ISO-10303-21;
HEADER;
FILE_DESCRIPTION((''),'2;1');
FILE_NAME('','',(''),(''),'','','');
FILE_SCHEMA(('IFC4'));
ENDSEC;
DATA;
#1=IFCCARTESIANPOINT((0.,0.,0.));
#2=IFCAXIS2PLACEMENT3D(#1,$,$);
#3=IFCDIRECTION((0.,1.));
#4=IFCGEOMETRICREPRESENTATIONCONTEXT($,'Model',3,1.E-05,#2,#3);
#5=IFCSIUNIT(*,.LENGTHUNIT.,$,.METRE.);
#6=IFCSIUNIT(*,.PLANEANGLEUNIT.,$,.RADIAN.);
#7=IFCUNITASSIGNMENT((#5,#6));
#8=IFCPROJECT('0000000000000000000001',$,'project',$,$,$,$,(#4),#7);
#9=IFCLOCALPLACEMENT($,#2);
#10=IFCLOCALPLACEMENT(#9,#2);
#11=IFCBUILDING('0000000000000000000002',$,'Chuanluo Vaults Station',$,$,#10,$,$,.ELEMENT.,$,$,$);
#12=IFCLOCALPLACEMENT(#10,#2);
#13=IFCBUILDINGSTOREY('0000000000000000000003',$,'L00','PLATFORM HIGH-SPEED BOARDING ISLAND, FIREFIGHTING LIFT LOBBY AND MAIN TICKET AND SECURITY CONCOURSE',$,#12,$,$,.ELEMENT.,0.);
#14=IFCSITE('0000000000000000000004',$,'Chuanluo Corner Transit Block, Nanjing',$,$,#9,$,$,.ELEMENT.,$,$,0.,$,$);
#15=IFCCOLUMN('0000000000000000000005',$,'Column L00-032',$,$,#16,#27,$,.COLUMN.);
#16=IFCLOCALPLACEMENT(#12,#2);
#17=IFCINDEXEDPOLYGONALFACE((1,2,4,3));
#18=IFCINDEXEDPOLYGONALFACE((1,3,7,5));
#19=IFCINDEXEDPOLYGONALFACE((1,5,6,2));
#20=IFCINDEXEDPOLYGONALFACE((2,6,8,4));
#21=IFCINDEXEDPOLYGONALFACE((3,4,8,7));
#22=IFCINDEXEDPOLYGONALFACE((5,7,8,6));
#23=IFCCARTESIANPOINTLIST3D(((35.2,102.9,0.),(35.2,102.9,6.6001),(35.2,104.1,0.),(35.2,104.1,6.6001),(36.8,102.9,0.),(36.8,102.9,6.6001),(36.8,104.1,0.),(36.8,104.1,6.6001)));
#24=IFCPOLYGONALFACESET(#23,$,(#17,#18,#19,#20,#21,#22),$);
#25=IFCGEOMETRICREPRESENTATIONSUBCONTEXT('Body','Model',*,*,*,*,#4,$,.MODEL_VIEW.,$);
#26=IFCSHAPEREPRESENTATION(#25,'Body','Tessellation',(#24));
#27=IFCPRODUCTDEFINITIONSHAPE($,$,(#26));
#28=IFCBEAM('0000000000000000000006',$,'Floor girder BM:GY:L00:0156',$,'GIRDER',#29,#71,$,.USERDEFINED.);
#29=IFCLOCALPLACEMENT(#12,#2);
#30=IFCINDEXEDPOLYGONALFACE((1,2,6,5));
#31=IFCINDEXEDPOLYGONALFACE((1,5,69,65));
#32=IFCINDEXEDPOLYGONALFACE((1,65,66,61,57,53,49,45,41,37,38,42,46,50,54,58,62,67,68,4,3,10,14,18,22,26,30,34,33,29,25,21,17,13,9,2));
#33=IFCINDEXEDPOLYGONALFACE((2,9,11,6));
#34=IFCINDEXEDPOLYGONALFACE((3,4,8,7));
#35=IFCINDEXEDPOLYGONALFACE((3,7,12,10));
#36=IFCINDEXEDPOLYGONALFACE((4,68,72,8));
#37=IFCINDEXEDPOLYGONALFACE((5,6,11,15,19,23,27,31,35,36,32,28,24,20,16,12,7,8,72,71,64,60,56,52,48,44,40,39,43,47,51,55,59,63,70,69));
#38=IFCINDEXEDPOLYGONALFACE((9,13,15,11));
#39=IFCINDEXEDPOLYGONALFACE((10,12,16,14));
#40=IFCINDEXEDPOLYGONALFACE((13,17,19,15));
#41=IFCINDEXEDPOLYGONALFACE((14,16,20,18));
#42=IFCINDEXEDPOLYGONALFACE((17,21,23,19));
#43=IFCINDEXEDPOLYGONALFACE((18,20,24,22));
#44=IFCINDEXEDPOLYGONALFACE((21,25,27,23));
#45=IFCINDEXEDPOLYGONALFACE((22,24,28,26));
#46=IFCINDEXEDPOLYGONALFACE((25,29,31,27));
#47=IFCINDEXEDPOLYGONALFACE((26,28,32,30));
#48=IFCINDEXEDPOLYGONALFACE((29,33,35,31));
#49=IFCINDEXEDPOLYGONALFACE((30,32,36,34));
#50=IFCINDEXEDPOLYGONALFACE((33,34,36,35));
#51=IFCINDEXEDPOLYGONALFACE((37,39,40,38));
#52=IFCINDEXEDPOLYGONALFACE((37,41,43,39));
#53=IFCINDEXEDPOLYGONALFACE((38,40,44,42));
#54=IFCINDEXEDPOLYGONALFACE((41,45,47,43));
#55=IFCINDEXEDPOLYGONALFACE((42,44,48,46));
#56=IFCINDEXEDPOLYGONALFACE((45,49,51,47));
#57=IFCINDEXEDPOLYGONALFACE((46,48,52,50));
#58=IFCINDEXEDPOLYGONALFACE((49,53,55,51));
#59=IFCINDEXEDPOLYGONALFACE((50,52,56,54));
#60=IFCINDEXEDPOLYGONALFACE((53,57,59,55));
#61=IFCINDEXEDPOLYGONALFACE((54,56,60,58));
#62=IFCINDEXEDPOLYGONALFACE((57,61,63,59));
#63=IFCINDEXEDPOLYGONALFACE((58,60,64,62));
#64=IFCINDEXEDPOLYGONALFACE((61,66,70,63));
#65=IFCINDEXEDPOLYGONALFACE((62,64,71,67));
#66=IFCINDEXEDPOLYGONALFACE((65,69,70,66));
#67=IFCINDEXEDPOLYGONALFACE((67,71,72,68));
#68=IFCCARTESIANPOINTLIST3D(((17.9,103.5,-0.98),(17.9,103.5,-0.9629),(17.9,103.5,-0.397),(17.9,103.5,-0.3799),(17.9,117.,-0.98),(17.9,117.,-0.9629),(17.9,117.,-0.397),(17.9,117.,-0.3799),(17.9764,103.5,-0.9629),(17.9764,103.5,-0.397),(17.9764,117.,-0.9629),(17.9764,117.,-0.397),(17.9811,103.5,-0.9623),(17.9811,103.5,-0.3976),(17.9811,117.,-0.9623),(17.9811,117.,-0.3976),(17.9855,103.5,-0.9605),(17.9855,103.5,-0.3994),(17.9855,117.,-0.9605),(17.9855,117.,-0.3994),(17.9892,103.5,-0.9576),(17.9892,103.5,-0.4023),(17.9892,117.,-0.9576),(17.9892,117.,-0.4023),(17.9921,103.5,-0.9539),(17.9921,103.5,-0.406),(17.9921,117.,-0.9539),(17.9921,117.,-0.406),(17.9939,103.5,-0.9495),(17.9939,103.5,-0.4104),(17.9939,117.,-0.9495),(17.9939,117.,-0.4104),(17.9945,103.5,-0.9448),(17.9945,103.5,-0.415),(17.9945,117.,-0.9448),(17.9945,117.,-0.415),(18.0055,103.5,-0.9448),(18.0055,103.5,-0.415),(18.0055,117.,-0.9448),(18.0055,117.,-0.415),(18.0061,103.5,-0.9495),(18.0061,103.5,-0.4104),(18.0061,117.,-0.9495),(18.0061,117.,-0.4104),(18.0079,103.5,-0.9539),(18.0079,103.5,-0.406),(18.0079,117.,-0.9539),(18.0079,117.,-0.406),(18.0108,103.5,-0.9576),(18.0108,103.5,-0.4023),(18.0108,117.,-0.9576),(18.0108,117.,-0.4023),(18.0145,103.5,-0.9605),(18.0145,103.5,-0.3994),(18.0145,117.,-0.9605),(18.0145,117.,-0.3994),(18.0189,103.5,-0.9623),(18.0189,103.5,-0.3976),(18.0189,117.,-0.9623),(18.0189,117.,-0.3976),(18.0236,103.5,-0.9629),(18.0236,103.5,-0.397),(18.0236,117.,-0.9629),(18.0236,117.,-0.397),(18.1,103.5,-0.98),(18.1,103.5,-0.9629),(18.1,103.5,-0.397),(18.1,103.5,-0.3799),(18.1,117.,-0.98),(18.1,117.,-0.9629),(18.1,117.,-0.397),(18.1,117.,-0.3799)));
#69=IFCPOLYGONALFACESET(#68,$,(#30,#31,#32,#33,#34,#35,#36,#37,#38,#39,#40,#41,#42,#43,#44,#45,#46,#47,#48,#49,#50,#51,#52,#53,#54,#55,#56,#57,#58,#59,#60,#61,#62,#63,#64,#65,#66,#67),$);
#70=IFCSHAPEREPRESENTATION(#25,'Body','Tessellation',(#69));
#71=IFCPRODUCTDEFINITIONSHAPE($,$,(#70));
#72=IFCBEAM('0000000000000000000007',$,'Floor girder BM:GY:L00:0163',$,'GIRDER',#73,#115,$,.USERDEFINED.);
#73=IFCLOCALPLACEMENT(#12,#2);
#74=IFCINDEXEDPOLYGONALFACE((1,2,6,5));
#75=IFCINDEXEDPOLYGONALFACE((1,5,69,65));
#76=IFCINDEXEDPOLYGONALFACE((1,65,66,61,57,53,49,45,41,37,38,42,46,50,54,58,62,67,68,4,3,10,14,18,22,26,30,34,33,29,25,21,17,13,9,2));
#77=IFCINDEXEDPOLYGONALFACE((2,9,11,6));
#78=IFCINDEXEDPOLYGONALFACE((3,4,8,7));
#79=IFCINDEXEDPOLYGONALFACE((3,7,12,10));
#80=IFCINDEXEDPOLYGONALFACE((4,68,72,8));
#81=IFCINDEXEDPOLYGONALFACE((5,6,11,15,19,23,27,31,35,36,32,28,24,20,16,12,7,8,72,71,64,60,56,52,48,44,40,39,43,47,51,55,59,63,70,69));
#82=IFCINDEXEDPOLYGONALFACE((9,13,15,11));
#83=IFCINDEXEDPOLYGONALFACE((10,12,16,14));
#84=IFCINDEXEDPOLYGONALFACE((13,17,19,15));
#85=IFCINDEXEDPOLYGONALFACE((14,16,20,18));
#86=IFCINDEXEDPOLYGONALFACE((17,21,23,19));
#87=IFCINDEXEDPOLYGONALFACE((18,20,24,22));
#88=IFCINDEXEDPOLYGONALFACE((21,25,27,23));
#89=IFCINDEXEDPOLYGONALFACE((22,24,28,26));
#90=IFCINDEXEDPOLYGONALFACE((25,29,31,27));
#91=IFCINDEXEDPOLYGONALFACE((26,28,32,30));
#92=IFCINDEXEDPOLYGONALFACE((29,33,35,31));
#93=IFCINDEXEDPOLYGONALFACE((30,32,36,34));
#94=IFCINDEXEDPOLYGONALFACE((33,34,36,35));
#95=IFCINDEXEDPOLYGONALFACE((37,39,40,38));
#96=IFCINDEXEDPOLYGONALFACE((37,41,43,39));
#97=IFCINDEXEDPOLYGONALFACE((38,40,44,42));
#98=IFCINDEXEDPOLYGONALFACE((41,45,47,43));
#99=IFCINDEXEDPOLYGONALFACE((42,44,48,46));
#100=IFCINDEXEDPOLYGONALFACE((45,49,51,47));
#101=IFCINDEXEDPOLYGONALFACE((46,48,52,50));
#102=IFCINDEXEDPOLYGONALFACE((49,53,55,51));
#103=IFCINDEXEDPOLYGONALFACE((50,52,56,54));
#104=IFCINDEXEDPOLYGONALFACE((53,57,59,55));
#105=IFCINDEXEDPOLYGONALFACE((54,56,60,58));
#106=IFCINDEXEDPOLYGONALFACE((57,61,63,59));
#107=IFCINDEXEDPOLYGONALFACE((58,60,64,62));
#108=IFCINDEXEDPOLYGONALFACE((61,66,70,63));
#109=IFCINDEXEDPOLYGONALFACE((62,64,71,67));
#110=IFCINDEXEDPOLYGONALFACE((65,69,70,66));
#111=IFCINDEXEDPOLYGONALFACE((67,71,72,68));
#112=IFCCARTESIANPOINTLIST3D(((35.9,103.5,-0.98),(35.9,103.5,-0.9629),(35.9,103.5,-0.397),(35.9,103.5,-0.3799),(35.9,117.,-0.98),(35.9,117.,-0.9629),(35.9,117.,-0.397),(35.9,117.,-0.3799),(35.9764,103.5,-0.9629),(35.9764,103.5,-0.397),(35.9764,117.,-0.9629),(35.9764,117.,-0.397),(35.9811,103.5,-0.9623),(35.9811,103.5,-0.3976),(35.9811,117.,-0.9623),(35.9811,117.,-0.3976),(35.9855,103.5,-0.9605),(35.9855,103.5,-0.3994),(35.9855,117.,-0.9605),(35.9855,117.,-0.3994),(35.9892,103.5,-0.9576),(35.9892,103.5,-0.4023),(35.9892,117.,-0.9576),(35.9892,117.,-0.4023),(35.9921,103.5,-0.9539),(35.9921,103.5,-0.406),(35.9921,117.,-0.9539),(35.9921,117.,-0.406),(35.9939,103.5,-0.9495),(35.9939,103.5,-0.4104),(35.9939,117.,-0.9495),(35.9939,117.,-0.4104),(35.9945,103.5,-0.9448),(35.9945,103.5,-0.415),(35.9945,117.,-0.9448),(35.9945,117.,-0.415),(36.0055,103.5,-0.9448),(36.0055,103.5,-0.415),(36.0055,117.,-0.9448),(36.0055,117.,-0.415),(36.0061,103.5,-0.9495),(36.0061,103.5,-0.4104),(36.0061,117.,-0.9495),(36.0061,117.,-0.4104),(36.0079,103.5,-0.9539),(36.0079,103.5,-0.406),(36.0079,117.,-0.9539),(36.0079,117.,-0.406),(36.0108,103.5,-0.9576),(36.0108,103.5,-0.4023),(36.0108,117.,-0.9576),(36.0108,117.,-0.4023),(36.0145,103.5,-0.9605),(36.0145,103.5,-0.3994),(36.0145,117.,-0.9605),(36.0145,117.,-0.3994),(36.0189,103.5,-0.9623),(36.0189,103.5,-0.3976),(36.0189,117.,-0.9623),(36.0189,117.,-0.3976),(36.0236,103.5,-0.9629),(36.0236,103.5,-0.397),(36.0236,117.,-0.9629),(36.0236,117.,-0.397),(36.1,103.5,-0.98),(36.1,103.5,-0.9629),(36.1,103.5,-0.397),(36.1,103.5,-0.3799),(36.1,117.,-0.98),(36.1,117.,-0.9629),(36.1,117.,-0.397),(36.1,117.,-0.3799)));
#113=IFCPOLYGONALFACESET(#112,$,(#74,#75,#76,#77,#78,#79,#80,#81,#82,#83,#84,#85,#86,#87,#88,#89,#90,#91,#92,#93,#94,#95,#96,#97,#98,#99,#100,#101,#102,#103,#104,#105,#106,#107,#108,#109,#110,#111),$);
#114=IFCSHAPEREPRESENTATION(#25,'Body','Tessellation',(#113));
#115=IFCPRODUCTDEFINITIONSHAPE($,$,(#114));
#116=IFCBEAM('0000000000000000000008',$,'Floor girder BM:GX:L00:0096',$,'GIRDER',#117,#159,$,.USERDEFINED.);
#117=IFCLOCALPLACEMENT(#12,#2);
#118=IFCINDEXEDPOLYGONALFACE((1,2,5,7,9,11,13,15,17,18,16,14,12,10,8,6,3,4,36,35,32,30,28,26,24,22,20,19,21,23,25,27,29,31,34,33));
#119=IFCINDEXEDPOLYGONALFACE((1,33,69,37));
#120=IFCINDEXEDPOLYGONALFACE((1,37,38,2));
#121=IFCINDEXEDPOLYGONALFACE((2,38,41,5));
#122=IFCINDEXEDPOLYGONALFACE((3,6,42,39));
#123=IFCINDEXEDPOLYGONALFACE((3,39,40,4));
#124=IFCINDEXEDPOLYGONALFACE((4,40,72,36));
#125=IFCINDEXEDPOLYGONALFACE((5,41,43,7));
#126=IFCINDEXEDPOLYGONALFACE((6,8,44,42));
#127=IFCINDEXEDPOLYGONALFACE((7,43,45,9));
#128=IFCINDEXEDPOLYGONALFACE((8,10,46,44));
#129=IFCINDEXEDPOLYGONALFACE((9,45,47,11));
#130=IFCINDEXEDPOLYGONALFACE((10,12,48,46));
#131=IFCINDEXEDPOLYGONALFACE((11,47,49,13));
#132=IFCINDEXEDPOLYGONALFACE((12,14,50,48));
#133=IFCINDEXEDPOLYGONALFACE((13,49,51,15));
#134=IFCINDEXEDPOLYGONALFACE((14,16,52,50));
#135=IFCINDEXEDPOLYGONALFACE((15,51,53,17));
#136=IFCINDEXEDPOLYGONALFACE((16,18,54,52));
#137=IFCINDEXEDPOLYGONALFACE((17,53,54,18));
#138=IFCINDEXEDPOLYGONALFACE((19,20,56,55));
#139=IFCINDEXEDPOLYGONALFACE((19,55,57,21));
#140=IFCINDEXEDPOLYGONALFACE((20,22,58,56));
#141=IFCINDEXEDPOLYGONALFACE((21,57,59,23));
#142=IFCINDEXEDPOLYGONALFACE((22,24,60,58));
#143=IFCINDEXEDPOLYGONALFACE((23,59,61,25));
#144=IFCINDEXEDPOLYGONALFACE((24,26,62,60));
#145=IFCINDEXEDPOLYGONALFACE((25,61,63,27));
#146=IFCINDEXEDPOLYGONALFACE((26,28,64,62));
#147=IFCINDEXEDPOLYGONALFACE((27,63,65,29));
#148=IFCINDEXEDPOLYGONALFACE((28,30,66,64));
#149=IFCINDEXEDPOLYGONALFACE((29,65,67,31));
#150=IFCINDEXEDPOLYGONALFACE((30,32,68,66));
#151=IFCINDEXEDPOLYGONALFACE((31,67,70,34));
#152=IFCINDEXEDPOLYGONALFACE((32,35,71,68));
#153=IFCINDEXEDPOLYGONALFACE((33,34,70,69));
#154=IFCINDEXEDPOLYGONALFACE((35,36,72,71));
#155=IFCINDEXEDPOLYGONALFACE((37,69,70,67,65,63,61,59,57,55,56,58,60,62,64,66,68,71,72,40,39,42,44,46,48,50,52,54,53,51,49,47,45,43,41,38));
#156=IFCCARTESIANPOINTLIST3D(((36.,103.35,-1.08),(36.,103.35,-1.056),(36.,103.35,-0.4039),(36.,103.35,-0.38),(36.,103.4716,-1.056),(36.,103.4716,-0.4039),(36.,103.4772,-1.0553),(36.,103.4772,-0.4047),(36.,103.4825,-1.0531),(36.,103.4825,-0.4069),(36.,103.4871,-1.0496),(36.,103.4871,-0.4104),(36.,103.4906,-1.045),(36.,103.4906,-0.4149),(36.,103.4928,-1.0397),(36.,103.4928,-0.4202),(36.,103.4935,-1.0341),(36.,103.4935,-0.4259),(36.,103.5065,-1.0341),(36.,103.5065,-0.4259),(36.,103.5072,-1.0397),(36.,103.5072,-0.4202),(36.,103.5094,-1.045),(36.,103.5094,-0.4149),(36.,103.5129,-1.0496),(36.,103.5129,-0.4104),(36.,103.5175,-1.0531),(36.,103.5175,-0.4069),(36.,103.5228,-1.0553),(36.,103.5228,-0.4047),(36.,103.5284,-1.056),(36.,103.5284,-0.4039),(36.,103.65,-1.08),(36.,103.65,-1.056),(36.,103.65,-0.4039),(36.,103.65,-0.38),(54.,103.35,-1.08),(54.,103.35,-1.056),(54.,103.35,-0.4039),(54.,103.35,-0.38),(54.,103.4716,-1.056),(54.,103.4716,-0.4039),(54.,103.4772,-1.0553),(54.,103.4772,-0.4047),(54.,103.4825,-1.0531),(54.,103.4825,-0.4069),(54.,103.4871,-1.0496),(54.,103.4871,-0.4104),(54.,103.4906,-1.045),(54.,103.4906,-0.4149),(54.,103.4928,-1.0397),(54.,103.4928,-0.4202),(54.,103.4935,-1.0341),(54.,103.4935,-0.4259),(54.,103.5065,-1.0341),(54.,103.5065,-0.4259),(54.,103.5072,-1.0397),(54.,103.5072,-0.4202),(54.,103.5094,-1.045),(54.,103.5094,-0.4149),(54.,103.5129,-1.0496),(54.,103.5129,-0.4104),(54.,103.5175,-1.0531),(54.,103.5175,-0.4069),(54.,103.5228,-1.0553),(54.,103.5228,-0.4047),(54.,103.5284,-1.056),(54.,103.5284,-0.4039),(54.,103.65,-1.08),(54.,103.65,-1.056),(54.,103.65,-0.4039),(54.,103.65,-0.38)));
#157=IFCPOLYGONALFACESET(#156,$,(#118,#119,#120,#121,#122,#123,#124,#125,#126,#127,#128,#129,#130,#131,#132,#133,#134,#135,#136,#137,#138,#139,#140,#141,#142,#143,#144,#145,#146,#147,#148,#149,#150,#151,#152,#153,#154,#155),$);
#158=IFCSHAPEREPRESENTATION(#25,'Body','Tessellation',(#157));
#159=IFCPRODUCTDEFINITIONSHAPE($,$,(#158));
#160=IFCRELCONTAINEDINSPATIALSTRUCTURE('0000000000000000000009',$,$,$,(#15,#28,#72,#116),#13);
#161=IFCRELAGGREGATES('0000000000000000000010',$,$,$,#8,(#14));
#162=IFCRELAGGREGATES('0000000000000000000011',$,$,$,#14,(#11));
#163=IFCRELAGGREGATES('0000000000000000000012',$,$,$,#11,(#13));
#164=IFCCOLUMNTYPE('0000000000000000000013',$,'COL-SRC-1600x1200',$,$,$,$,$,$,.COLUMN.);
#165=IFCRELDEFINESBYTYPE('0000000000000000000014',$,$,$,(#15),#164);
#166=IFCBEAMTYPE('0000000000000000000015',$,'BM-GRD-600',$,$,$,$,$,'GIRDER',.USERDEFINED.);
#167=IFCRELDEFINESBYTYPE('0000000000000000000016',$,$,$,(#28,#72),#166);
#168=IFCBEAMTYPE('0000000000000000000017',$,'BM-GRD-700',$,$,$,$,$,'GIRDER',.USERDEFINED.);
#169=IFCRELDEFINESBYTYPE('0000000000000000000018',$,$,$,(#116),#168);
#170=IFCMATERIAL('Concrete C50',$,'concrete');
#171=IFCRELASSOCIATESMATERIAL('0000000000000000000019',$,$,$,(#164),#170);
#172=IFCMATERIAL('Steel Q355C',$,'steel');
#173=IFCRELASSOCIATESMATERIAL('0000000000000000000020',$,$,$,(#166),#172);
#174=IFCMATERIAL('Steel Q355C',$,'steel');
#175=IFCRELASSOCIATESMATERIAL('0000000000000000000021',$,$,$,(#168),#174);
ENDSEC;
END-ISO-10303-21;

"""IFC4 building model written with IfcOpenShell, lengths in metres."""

from ifc_helpers import new_model, si_unit, direction, frame, origin, origin_2d, place, context, subcontext, project, spatial, rectangle, i_section, extrude, material, material_profile, profile_set, type_object, element, save


model = new_model("IFC4")

# Units and contexts
model_context = context("Model", 3, precision=1e-05, world=origin(), true_north=direction((0.0, 1.0)))
body_context = subcontext(model_context, "Body", "Model", "MODEL_VIEW")
ifc_project = project(units=[si_unit("LENGTHUNIT", "METRE"), si_unit("PLANEANGLEUNIT", "RADIAN")], contexts=[model_context])

# Site, building, storey
site_placement = place(None, origin())
site = spatial("IfcSite", under=ifc_project, at=site_placement, Name="Chuanluo Corner Transit Block, Nanjing", CompositionType="ELEMENT", RefElevation=0.0)
building_placement = place(site_placement, origin())
building = spatial("IfcBuilding", under=site, at=building_placement, Name="Chuanluo Vaults Station", CompositionType="ELEMENT")
storey_placement = place(building_placement, origin())
storey = spatial("IfcBuildingStorey", under=building, at=storey_placement, Name="L00", Description="PLATFORM HIGH-SPEED BOARDING ISLAND, FIREFIGHTING LIFT LOBBY AND MAIN TICKET AND SECURITY CONCOURSE", CompositionType="ELEMENT", Elevation=0.0)

# Column
ifc_material_1 = material(Name="Concrete C50", Category="concrete")
ifc_material_profile_1 = material_profile(ifc_material_1, rectangle(XDim=1.6001, YDim=1.2, at=origin_2d()))
ifc_profile_set_1 = profile_set([ifc_material_profile_1], Name="Concrete C50")
column_type = type_object("IfcColumnType", Name="COL-SRC-1600x1200", PredefinedType="COLUMN", material=ifc_profile_set_1)
column_placement = place(storey_placement, frame((36.0, 103.5, 0.0), z_axis=(0.0, 0.0, 1.0), x_axis=(1.0, 0.0, 0.0)))
element("IfcColumn", 1, at=column_placement, inside=storey, type_object=column_type, Name="Column L00-032", PredefinedType="COLUMN", context=body_context, shape_type="SweptSolid", body=[
    extrude(rectangle(XDim=1.6001, YDim=1.2, at=origin_2d()), origin(), (0.0, 0.0, 1.0), 6.6001),
])

# Beams
ifc_material_2 = material(Name="Steel Q355C", Category="steel")
ifc_material_profile_2 = material_profile(ifc_material_2, i_section(OverallWidth=0.2, OverallDepth=0.6001, WebThickness=0.011, FlangeThickness=0.0171, FilletRadius=0.0181, at=origin_2d()))
ifc_profile_set_2 = profile_set([ifc_material_profile_2], Name="Steel Q355C")
beam_type_1 = type_object("IfcBeamType", Name="BM-GRD-600", ElementType="GIRDER", PredefinedType="USERDEFINED", material=ifc_profile_set_2)
for number, where, z_axis, x_axis, name in (
    (2, (18.0, 103.5, -0.6799), (0.0, 1.0, 0.0), (-1.0, 0.0, 0.0), "Floor girder BM:GY:L00:0156"),
    (3, (36.0, 103.5, -0.6799), (0.0, 1.0, 0.0), (-1.0, 0.0, 0.0), "Floor girder BM:GY:L00:0163"),
):
    element("IfcBeam", number, at=place(storey_placement, frame(where, z_axis=z_axis, x_axis=x_axis)), inside=storey, type_object=beam_type_1, Name=name, ObjectType="GIRDER", PredefinedType="USERDEFINED", context=body_context, shape_type="SweptSolid", body=[
        extrude(i_section(OverallWidth=0.2, OverallDepth=0.6001, WebThickness=0.011, FlangeThickness=0.0171, FilletRadius=0.0181, at=origin_2d()), origin(), (0.0, 0.0, 1.0), 13.5),
    ])
ifc_material_3 = material(Name="Steel Q355C", Category="steel")
ifc_material_profile_3 = material_profile(ifc_material_3, i_section(OverallWidth=0.3, OverallDepth=0.7, WebThickness=0.0129, FlangeThickness=0.0239, FilletRadius=0.022, at=origin_2d()))
ifc_profile_set_3 = profile_set([ifc_material_profile_3], Name="Steel Q355C")
beam_type_2 = type_object("IfcBeamType", Name="BM-GRD-700", ElementType="GIRDER", PredefinedType="USERDEFINED", material=ifc_profile_set_3)
beam_placement = place(storey_placement, frame((36.0, 103.5, -0.73), z_axis=(1.0, 0.0, 0.0), x_axis=(0.0, 1.0, 0.0)))
element("IfcBeam", 4, at=beam_placement, inside=storey, type_object=beam_type_2, Name="Floor girder BM:GX:L00:0096", ObjectType="GIRDER", PredefinedType="USERDEFINED", context=body_context, shape_type="SweptSolid", body=[
    extrude(i_section(OverallWidth=0.3, OverallDepth=0.7, WebThickness=0.0129, FlangeThickness=0.0239, FilletRadius=0.022, at=origin_2d()), origin(), (0.0, 0.0, 1.0), 18.0),
])

save(model, "model.ifc")
